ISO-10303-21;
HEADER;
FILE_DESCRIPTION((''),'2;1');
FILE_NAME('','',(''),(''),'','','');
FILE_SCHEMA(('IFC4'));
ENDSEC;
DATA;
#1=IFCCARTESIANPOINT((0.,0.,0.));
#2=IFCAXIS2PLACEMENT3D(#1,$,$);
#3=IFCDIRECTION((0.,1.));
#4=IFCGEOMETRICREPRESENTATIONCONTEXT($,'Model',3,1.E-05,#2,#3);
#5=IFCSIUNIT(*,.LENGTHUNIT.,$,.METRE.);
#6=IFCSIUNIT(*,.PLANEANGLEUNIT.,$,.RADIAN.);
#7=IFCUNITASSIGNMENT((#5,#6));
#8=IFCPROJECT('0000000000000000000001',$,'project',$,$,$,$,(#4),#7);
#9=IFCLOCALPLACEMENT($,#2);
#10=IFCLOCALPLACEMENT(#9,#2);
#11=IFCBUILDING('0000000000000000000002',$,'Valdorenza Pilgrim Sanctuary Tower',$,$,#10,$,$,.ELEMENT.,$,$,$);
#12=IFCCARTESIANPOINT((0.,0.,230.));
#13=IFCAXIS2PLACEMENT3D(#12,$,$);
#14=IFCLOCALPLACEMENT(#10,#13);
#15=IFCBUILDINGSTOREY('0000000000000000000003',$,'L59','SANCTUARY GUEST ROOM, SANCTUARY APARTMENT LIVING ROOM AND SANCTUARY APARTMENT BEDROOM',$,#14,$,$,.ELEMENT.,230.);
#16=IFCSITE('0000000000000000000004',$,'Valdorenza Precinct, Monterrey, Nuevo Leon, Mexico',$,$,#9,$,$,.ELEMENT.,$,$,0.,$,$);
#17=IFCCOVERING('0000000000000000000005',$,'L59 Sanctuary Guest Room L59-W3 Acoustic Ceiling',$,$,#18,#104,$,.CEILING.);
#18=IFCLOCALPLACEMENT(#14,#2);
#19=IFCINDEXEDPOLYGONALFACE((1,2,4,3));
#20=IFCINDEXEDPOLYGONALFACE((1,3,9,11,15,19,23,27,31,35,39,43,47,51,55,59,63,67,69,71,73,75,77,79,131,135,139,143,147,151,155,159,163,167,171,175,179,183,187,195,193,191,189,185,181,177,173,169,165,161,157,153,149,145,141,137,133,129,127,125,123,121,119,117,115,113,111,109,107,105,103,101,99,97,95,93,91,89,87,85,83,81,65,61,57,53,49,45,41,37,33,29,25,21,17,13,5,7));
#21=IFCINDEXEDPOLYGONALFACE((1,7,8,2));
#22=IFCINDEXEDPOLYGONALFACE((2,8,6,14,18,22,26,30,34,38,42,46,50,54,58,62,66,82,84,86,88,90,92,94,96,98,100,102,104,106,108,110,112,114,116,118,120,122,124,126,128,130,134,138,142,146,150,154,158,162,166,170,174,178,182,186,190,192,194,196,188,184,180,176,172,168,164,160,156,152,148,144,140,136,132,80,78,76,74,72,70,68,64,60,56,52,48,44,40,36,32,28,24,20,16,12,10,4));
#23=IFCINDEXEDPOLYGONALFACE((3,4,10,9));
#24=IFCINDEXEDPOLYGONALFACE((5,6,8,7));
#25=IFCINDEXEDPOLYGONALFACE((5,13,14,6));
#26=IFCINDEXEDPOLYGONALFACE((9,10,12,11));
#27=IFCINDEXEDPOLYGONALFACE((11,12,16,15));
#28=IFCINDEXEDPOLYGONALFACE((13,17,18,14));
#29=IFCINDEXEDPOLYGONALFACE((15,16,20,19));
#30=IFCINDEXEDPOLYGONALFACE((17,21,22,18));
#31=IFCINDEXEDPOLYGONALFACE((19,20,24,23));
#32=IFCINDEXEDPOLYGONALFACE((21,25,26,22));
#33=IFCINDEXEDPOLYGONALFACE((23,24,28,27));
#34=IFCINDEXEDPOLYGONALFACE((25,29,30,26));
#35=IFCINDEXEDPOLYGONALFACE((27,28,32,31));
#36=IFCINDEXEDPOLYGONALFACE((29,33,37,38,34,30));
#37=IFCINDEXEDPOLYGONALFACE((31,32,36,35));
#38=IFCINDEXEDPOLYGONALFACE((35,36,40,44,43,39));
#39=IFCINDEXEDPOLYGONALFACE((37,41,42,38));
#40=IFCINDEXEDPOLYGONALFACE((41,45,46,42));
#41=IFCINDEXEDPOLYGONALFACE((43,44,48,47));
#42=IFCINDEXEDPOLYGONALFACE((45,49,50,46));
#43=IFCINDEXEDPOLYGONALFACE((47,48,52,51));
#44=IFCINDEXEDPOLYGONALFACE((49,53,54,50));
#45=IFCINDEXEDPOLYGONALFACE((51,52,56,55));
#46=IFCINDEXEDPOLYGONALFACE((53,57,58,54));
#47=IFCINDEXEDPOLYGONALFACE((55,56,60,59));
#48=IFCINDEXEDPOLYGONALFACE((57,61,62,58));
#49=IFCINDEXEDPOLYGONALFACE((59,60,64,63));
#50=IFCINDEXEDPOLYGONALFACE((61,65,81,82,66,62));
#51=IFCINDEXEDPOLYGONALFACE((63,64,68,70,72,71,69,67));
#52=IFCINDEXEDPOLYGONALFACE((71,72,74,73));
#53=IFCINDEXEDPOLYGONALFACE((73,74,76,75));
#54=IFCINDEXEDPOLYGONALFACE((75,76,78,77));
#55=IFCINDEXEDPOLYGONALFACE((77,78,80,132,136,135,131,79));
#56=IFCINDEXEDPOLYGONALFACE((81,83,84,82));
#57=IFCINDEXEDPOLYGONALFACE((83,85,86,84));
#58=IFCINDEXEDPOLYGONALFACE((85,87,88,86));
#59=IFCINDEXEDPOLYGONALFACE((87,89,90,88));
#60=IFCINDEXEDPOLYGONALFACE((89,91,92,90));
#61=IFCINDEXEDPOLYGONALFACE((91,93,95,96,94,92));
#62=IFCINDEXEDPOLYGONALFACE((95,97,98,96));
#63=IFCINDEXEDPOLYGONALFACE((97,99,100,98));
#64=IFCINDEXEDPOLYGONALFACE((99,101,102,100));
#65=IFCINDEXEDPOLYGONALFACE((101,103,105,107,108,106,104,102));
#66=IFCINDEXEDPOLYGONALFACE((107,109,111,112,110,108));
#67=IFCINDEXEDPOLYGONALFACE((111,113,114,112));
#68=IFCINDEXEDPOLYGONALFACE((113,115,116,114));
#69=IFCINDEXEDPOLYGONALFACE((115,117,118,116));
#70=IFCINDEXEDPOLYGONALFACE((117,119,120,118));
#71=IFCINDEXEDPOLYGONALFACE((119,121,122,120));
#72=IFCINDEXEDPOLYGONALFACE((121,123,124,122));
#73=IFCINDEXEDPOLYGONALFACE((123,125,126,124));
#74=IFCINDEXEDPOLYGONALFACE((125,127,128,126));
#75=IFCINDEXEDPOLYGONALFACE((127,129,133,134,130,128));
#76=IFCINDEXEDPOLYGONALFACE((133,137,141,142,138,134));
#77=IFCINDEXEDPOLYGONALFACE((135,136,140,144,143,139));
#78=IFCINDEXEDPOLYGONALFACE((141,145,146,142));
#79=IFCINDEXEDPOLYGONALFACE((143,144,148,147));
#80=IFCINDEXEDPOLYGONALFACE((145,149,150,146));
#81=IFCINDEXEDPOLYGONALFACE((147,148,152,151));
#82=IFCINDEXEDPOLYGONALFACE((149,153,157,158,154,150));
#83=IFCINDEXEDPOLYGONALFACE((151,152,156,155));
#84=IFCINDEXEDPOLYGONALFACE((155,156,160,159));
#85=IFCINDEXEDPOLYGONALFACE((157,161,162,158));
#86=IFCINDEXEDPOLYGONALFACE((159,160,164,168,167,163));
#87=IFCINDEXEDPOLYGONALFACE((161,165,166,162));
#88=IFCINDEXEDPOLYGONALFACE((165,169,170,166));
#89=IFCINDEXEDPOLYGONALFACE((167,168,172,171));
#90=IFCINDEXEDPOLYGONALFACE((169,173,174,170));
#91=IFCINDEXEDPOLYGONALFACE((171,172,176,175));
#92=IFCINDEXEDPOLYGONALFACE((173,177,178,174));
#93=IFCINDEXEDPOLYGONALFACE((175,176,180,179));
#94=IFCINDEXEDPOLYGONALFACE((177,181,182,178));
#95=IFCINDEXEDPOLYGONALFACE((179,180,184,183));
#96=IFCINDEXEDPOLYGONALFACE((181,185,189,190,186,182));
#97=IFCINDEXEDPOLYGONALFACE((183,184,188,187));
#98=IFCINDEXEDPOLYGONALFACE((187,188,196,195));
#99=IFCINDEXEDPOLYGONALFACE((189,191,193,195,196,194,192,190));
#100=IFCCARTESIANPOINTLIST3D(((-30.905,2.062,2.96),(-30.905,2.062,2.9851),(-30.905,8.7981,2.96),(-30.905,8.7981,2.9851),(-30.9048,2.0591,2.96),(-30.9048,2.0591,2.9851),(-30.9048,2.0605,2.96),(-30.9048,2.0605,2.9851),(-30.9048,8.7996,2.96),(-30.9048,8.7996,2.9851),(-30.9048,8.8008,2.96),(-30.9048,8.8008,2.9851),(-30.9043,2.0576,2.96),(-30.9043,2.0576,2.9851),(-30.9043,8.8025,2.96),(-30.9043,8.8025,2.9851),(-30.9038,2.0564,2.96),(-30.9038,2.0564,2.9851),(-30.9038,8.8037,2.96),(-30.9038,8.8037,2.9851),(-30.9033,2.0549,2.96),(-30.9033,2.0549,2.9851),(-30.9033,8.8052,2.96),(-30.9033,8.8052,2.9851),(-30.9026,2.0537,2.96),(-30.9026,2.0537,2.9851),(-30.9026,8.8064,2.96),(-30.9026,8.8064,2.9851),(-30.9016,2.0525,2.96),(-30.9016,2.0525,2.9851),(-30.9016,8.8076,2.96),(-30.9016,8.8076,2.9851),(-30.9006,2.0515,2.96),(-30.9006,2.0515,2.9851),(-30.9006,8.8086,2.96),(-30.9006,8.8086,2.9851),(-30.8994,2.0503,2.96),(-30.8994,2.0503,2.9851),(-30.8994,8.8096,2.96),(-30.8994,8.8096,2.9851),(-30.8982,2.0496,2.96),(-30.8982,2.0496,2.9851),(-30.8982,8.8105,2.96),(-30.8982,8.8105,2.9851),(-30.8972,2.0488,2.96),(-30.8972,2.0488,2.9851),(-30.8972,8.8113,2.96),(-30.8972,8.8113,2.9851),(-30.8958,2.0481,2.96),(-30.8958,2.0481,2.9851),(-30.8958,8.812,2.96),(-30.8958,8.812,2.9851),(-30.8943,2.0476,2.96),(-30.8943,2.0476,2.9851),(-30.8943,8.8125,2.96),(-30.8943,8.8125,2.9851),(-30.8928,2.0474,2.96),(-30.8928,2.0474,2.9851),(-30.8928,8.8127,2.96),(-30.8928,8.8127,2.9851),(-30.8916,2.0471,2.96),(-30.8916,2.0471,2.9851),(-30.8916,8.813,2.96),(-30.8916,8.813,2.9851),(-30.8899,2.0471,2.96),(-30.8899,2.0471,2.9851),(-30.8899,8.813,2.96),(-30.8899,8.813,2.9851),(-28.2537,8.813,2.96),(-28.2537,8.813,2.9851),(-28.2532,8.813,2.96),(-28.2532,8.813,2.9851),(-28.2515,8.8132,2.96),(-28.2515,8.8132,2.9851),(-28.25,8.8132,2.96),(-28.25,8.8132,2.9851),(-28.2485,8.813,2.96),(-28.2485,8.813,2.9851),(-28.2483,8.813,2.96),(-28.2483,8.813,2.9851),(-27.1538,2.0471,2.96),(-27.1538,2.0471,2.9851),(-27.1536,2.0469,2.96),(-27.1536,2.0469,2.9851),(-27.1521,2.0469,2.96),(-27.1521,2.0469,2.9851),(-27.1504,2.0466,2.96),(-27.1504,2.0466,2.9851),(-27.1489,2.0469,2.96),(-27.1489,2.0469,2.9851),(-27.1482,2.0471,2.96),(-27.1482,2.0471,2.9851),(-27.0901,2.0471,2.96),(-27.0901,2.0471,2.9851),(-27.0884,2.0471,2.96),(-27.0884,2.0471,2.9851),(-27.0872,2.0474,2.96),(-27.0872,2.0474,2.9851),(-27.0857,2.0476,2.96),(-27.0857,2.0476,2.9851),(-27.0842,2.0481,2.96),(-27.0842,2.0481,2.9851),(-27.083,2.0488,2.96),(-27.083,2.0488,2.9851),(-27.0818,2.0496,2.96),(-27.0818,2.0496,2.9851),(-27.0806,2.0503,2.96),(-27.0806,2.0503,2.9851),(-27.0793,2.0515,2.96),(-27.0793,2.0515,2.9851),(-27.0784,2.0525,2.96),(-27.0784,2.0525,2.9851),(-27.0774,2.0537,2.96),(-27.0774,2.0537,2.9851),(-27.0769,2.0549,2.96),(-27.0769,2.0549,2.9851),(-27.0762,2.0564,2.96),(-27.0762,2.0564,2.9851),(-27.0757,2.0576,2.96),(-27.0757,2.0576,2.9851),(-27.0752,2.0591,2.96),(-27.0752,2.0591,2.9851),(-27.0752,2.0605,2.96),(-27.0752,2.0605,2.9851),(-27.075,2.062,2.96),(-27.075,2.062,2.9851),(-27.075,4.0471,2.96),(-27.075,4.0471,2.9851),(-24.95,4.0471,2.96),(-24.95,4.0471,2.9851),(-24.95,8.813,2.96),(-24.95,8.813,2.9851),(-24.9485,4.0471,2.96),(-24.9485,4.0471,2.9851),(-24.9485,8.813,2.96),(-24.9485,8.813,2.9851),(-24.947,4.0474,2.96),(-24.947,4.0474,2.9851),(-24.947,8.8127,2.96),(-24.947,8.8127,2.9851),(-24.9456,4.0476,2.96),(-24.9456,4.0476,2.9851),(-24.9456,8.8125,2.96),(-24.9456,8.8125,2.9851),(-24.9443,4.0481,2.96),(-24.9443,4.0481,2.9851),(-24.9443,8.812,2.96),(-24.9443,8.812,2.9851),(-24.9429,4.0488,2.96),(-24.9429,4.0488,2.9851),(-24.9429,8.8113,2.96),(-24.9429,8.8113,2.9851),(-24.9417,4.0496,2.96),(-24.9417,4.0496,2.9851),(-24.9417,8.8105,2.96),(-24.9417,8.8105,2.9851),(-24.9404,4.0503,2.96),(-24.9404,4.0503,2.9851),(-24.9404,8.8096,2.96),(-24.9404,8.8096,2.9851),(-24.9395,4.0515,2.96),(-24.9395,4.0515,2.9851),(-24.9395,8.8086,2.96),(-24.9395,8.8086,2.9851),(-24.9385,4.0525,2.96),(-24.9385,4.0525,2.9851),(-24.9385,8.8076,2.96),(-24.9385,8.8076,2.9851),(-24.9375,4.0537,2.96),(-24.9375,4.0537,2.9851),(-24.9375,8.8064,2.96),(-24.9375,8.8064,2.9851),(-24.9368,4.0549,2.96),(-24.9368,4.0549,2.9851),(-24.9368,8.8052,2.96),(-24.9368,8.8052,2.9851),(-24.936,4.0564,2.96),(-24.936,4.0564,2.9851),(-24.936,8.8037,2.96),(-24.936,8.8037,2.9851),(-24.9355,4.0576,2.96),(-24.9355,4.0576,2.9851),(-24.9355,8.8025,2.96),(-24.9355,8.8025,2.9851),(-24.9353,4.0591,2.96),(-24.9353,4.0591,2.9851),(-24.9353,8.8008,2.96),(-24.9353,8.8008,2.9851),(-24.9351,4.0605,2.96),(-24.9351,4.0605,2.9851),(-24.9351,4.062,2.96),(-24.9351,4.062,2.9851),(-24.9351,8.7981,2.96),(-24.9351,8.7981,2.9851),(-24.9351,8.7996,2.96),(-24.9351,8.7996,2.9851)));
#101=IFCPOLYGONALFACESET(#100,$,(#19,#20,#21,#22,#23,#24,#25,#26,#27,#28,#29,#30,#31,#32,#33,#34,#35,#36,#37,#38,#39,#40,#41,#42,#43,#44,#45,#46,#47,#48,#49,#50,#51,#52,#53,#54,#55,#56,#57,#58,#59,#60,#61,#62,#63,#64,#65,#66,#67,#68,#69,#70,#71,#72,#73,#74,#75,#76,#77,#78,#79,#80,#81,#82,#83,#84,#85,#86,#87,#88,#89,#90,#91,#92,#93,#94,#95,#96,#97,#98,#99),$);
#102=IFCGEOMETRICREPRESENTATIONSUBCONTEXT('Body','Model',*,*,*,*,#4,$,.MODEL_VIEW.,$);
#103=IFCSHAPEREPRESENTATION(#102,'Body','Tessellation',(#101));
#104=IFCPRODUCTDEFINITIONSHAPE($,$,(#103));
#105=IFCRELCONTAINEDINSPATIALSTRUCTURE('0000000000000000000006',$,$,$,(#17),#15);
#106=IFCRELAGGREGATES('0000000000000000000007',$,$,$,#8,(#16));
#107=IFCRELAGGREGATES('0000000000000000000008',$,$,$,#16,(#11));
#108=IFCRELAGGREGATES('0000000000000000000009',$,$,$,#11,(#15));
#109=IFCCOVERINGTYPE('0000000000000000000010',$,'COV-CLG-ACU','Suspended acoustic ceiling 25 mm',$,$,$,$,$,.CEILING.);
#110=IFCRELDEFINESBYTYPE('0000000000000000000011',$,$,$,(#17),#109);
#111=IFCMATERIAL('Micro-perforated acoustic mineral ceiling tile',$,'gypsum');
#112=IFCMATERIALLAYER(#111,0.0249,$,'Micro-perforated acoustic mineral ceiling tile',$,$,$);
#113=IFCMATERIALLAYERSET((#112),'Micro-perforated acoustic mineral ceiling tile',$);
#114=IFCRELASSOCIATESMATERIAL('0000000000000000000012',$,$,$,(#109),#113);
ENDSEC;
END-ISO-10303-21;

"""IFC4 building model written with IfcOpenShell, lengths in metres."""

from ifc_helpers import new_model, si_unit, direction, frame, origin, place, context, subcontext, project, spatial, polyline, outline, extrude, material, layer, layer_set, type_object, element, save


model = new_model("IFC4")

# Units and contexts
model_context = context("Model", 3, precision=1e-05, world=origin(), true_north=direction((0.0, 1.0)))
body_context = subcontext(model_context, "Body", "Model", "MODEL_VIEW")
ifc_project = project(units=[si_unit("LENGTHUNIT", "METRE"), si_unit("PLANEANGLEUNIT", "RADIAN")], contexts=[model_context])

# Site, building, storey
site_placement = place(None, origin())
site = spatial("IfcSite", under=ifc_project, at=site_placement, Name="Valdorenza Precinct, Monterrey, Nuevo Leon, Mexico", CompositionType="ELEMENT", RefElevation=0.0)
building_placement = place(site_placement, origin())
building = spatial("IfcBuilding", under=site, at=building_placement, Name="Valdorenza Pilgrim Sanctuary Tower", CompositionType="ELEMENT")
storey_placement = place(building_placement, frame((0.0, 0.0, 230.0)))
storey = spatial("IfcBuildingStorey", under=building, at=storey_placement, Name="L59", Description="SANCTUARY GUEST ROOM, SANCTUARY APARTMENT LIVING ROOM AND SANCTUARY APARTMENT BEDROOM", CompositionType="ELEMENT", Elevation=230.0)

# Covering
ifc_material_1 = material(Name="Micro-perforated acoustic mineral ceiling tile", Category="gypsum")
ifc_layer_1 = layer(ifc_material_1, 0.0249, Name="Micro-perforated acoustic mineral ceiling tile")
ifc_layer_set_1 = layer_set([ifc_layer_1], Name="Micro-perforated acoustic mineral ceiling tile")
covering_type_1 = type_object("IfcCoveringType", Name="COV-CLG-ACU", Description="Suspended acoustic ceiling 25 mm", PredefinedType="CEILING", material=ifc_layer_set_1)
covering_1_placement = place(storey_placement, frame((0.0, 0.0, 2.96)))
element("IfcCovering", 1, at=covering_1_placement, inside=storey, type_object=covering_type_1, Name="L59 Sanctuary Guest Room L59-W3 Acoustic Ceiling", PredefinedType="CEILING", context=body_context, shape_type="SweptSolid", body=[
    extrude(outline(polyline([(-28.2537, 8.813), (-28.2532, 8.813), (-28.2515, 8.8132), (-28.25, 8.8132), (-28.2485, 8.813), (-28.2483, 8.813), (-24.95, 8.813), (-24.9485, 8.813), (-24.947, 8.8127), (-24.9456, 8.8125), (-24.9443, 8.812), (-24.9429, 8.8113), (-24.9417, 8.8105), (-24.9404, 8.8096), (-24.9395, 8.8086), (-24.9385, 8.8076), (-24.9375, 8.8064), (-24.9368, 8.8052), (-24.936, 8.8037), (-24.9355, 8.8025), (-24.9353, 8.8008), (-24.9351, 8.7996), (-24.9351, 8.7981), (-24.9351, 4.062), (-24.9351, 4.0605), (-24.9353, 4.0591), (-24.9355, 4.0576), (-24.936, 4.0564), (-24.9368, 4.0549), (-24.9375, 4.0537), (-24.9385, 4.0525), (-24.9395, 4.0515), (-24.9404, 4.0503), (-24.9417, 4.0496), (-24.9429, 4.0488), (-24.9443, 4.0481), (-24.9456, 4.0476), (-24.947, 4.0474), (-24.9485, 4.0471), (-24.95, 4.0471), (-27.075, 4.0471), (-27.075, 2.062), (-27.0752, 2.0605), (-27.0752, 2.0591), (-27.0757, 2.0576), (-27.0762, 2.0564), (-27.0769, 2.0549), (-27.0774, 2.0537), (-27.0784, 2.0525), (-27.0793, 2.0515), (-27.0806, 2.0503), (-27.0818, 2.0496), (-27.083, 2.0488), (-27.0842, 2.0481), (-27.0857, 2.0476), (-27.0872, 2.0474), (-27.0884, 2.0471), (-27.0901, 2.0471), (-27.1482, 2.0471), (-27.1489, 2.0469), (-27.1504, 2.0466), (-27.1521, 2.0469), (-27.1536, 2.0469), (-27.1538, 2.0471), (-30.8899, 2.0471), (-30.8916, 2.0471), (-30.8928, 2.0474), (-30.8943, 2.0476), (-30.8958, 2.0481), (-30.8972, 2.0488), (-30.8982, 2.0496), (-30.8994, 2.0503), (-30.9006, 2.0515), (-30.9016, 2.0525), (-30.9026, 2.0537), (-30.9033, 2.0549), (-30.9038, 2.0564), (-30.9043, 2.0576), (-30.9048, 2.0591), (-30.9048, 2.0605), (-30.905, 2.062), (-30.905, 8.7981), (-30.9048, 8.7996), (-30.9048, 8.8008), (-30.9043, 8.8025), (-30.9038, 8.8037), (-30.9033, 8.8052), (-30.9026, 8.8064), (-30.9016, 8.8076), (-30.9006, 8.8086), (-30.8994, 8.8096), (-30.8982, 8.8105), (-30.8972, 8.8113), (-30.8958, 8.812), (-30.8943, 8.8125), (-30.8928, 8.8127), (-30.8916, 8.813), (-30.8899, 8.813), (-28.2537, 8.813)])), origin(), (0.0, 0.0, 1.0), 0.0251),
])

save(model, "model.ifc")
